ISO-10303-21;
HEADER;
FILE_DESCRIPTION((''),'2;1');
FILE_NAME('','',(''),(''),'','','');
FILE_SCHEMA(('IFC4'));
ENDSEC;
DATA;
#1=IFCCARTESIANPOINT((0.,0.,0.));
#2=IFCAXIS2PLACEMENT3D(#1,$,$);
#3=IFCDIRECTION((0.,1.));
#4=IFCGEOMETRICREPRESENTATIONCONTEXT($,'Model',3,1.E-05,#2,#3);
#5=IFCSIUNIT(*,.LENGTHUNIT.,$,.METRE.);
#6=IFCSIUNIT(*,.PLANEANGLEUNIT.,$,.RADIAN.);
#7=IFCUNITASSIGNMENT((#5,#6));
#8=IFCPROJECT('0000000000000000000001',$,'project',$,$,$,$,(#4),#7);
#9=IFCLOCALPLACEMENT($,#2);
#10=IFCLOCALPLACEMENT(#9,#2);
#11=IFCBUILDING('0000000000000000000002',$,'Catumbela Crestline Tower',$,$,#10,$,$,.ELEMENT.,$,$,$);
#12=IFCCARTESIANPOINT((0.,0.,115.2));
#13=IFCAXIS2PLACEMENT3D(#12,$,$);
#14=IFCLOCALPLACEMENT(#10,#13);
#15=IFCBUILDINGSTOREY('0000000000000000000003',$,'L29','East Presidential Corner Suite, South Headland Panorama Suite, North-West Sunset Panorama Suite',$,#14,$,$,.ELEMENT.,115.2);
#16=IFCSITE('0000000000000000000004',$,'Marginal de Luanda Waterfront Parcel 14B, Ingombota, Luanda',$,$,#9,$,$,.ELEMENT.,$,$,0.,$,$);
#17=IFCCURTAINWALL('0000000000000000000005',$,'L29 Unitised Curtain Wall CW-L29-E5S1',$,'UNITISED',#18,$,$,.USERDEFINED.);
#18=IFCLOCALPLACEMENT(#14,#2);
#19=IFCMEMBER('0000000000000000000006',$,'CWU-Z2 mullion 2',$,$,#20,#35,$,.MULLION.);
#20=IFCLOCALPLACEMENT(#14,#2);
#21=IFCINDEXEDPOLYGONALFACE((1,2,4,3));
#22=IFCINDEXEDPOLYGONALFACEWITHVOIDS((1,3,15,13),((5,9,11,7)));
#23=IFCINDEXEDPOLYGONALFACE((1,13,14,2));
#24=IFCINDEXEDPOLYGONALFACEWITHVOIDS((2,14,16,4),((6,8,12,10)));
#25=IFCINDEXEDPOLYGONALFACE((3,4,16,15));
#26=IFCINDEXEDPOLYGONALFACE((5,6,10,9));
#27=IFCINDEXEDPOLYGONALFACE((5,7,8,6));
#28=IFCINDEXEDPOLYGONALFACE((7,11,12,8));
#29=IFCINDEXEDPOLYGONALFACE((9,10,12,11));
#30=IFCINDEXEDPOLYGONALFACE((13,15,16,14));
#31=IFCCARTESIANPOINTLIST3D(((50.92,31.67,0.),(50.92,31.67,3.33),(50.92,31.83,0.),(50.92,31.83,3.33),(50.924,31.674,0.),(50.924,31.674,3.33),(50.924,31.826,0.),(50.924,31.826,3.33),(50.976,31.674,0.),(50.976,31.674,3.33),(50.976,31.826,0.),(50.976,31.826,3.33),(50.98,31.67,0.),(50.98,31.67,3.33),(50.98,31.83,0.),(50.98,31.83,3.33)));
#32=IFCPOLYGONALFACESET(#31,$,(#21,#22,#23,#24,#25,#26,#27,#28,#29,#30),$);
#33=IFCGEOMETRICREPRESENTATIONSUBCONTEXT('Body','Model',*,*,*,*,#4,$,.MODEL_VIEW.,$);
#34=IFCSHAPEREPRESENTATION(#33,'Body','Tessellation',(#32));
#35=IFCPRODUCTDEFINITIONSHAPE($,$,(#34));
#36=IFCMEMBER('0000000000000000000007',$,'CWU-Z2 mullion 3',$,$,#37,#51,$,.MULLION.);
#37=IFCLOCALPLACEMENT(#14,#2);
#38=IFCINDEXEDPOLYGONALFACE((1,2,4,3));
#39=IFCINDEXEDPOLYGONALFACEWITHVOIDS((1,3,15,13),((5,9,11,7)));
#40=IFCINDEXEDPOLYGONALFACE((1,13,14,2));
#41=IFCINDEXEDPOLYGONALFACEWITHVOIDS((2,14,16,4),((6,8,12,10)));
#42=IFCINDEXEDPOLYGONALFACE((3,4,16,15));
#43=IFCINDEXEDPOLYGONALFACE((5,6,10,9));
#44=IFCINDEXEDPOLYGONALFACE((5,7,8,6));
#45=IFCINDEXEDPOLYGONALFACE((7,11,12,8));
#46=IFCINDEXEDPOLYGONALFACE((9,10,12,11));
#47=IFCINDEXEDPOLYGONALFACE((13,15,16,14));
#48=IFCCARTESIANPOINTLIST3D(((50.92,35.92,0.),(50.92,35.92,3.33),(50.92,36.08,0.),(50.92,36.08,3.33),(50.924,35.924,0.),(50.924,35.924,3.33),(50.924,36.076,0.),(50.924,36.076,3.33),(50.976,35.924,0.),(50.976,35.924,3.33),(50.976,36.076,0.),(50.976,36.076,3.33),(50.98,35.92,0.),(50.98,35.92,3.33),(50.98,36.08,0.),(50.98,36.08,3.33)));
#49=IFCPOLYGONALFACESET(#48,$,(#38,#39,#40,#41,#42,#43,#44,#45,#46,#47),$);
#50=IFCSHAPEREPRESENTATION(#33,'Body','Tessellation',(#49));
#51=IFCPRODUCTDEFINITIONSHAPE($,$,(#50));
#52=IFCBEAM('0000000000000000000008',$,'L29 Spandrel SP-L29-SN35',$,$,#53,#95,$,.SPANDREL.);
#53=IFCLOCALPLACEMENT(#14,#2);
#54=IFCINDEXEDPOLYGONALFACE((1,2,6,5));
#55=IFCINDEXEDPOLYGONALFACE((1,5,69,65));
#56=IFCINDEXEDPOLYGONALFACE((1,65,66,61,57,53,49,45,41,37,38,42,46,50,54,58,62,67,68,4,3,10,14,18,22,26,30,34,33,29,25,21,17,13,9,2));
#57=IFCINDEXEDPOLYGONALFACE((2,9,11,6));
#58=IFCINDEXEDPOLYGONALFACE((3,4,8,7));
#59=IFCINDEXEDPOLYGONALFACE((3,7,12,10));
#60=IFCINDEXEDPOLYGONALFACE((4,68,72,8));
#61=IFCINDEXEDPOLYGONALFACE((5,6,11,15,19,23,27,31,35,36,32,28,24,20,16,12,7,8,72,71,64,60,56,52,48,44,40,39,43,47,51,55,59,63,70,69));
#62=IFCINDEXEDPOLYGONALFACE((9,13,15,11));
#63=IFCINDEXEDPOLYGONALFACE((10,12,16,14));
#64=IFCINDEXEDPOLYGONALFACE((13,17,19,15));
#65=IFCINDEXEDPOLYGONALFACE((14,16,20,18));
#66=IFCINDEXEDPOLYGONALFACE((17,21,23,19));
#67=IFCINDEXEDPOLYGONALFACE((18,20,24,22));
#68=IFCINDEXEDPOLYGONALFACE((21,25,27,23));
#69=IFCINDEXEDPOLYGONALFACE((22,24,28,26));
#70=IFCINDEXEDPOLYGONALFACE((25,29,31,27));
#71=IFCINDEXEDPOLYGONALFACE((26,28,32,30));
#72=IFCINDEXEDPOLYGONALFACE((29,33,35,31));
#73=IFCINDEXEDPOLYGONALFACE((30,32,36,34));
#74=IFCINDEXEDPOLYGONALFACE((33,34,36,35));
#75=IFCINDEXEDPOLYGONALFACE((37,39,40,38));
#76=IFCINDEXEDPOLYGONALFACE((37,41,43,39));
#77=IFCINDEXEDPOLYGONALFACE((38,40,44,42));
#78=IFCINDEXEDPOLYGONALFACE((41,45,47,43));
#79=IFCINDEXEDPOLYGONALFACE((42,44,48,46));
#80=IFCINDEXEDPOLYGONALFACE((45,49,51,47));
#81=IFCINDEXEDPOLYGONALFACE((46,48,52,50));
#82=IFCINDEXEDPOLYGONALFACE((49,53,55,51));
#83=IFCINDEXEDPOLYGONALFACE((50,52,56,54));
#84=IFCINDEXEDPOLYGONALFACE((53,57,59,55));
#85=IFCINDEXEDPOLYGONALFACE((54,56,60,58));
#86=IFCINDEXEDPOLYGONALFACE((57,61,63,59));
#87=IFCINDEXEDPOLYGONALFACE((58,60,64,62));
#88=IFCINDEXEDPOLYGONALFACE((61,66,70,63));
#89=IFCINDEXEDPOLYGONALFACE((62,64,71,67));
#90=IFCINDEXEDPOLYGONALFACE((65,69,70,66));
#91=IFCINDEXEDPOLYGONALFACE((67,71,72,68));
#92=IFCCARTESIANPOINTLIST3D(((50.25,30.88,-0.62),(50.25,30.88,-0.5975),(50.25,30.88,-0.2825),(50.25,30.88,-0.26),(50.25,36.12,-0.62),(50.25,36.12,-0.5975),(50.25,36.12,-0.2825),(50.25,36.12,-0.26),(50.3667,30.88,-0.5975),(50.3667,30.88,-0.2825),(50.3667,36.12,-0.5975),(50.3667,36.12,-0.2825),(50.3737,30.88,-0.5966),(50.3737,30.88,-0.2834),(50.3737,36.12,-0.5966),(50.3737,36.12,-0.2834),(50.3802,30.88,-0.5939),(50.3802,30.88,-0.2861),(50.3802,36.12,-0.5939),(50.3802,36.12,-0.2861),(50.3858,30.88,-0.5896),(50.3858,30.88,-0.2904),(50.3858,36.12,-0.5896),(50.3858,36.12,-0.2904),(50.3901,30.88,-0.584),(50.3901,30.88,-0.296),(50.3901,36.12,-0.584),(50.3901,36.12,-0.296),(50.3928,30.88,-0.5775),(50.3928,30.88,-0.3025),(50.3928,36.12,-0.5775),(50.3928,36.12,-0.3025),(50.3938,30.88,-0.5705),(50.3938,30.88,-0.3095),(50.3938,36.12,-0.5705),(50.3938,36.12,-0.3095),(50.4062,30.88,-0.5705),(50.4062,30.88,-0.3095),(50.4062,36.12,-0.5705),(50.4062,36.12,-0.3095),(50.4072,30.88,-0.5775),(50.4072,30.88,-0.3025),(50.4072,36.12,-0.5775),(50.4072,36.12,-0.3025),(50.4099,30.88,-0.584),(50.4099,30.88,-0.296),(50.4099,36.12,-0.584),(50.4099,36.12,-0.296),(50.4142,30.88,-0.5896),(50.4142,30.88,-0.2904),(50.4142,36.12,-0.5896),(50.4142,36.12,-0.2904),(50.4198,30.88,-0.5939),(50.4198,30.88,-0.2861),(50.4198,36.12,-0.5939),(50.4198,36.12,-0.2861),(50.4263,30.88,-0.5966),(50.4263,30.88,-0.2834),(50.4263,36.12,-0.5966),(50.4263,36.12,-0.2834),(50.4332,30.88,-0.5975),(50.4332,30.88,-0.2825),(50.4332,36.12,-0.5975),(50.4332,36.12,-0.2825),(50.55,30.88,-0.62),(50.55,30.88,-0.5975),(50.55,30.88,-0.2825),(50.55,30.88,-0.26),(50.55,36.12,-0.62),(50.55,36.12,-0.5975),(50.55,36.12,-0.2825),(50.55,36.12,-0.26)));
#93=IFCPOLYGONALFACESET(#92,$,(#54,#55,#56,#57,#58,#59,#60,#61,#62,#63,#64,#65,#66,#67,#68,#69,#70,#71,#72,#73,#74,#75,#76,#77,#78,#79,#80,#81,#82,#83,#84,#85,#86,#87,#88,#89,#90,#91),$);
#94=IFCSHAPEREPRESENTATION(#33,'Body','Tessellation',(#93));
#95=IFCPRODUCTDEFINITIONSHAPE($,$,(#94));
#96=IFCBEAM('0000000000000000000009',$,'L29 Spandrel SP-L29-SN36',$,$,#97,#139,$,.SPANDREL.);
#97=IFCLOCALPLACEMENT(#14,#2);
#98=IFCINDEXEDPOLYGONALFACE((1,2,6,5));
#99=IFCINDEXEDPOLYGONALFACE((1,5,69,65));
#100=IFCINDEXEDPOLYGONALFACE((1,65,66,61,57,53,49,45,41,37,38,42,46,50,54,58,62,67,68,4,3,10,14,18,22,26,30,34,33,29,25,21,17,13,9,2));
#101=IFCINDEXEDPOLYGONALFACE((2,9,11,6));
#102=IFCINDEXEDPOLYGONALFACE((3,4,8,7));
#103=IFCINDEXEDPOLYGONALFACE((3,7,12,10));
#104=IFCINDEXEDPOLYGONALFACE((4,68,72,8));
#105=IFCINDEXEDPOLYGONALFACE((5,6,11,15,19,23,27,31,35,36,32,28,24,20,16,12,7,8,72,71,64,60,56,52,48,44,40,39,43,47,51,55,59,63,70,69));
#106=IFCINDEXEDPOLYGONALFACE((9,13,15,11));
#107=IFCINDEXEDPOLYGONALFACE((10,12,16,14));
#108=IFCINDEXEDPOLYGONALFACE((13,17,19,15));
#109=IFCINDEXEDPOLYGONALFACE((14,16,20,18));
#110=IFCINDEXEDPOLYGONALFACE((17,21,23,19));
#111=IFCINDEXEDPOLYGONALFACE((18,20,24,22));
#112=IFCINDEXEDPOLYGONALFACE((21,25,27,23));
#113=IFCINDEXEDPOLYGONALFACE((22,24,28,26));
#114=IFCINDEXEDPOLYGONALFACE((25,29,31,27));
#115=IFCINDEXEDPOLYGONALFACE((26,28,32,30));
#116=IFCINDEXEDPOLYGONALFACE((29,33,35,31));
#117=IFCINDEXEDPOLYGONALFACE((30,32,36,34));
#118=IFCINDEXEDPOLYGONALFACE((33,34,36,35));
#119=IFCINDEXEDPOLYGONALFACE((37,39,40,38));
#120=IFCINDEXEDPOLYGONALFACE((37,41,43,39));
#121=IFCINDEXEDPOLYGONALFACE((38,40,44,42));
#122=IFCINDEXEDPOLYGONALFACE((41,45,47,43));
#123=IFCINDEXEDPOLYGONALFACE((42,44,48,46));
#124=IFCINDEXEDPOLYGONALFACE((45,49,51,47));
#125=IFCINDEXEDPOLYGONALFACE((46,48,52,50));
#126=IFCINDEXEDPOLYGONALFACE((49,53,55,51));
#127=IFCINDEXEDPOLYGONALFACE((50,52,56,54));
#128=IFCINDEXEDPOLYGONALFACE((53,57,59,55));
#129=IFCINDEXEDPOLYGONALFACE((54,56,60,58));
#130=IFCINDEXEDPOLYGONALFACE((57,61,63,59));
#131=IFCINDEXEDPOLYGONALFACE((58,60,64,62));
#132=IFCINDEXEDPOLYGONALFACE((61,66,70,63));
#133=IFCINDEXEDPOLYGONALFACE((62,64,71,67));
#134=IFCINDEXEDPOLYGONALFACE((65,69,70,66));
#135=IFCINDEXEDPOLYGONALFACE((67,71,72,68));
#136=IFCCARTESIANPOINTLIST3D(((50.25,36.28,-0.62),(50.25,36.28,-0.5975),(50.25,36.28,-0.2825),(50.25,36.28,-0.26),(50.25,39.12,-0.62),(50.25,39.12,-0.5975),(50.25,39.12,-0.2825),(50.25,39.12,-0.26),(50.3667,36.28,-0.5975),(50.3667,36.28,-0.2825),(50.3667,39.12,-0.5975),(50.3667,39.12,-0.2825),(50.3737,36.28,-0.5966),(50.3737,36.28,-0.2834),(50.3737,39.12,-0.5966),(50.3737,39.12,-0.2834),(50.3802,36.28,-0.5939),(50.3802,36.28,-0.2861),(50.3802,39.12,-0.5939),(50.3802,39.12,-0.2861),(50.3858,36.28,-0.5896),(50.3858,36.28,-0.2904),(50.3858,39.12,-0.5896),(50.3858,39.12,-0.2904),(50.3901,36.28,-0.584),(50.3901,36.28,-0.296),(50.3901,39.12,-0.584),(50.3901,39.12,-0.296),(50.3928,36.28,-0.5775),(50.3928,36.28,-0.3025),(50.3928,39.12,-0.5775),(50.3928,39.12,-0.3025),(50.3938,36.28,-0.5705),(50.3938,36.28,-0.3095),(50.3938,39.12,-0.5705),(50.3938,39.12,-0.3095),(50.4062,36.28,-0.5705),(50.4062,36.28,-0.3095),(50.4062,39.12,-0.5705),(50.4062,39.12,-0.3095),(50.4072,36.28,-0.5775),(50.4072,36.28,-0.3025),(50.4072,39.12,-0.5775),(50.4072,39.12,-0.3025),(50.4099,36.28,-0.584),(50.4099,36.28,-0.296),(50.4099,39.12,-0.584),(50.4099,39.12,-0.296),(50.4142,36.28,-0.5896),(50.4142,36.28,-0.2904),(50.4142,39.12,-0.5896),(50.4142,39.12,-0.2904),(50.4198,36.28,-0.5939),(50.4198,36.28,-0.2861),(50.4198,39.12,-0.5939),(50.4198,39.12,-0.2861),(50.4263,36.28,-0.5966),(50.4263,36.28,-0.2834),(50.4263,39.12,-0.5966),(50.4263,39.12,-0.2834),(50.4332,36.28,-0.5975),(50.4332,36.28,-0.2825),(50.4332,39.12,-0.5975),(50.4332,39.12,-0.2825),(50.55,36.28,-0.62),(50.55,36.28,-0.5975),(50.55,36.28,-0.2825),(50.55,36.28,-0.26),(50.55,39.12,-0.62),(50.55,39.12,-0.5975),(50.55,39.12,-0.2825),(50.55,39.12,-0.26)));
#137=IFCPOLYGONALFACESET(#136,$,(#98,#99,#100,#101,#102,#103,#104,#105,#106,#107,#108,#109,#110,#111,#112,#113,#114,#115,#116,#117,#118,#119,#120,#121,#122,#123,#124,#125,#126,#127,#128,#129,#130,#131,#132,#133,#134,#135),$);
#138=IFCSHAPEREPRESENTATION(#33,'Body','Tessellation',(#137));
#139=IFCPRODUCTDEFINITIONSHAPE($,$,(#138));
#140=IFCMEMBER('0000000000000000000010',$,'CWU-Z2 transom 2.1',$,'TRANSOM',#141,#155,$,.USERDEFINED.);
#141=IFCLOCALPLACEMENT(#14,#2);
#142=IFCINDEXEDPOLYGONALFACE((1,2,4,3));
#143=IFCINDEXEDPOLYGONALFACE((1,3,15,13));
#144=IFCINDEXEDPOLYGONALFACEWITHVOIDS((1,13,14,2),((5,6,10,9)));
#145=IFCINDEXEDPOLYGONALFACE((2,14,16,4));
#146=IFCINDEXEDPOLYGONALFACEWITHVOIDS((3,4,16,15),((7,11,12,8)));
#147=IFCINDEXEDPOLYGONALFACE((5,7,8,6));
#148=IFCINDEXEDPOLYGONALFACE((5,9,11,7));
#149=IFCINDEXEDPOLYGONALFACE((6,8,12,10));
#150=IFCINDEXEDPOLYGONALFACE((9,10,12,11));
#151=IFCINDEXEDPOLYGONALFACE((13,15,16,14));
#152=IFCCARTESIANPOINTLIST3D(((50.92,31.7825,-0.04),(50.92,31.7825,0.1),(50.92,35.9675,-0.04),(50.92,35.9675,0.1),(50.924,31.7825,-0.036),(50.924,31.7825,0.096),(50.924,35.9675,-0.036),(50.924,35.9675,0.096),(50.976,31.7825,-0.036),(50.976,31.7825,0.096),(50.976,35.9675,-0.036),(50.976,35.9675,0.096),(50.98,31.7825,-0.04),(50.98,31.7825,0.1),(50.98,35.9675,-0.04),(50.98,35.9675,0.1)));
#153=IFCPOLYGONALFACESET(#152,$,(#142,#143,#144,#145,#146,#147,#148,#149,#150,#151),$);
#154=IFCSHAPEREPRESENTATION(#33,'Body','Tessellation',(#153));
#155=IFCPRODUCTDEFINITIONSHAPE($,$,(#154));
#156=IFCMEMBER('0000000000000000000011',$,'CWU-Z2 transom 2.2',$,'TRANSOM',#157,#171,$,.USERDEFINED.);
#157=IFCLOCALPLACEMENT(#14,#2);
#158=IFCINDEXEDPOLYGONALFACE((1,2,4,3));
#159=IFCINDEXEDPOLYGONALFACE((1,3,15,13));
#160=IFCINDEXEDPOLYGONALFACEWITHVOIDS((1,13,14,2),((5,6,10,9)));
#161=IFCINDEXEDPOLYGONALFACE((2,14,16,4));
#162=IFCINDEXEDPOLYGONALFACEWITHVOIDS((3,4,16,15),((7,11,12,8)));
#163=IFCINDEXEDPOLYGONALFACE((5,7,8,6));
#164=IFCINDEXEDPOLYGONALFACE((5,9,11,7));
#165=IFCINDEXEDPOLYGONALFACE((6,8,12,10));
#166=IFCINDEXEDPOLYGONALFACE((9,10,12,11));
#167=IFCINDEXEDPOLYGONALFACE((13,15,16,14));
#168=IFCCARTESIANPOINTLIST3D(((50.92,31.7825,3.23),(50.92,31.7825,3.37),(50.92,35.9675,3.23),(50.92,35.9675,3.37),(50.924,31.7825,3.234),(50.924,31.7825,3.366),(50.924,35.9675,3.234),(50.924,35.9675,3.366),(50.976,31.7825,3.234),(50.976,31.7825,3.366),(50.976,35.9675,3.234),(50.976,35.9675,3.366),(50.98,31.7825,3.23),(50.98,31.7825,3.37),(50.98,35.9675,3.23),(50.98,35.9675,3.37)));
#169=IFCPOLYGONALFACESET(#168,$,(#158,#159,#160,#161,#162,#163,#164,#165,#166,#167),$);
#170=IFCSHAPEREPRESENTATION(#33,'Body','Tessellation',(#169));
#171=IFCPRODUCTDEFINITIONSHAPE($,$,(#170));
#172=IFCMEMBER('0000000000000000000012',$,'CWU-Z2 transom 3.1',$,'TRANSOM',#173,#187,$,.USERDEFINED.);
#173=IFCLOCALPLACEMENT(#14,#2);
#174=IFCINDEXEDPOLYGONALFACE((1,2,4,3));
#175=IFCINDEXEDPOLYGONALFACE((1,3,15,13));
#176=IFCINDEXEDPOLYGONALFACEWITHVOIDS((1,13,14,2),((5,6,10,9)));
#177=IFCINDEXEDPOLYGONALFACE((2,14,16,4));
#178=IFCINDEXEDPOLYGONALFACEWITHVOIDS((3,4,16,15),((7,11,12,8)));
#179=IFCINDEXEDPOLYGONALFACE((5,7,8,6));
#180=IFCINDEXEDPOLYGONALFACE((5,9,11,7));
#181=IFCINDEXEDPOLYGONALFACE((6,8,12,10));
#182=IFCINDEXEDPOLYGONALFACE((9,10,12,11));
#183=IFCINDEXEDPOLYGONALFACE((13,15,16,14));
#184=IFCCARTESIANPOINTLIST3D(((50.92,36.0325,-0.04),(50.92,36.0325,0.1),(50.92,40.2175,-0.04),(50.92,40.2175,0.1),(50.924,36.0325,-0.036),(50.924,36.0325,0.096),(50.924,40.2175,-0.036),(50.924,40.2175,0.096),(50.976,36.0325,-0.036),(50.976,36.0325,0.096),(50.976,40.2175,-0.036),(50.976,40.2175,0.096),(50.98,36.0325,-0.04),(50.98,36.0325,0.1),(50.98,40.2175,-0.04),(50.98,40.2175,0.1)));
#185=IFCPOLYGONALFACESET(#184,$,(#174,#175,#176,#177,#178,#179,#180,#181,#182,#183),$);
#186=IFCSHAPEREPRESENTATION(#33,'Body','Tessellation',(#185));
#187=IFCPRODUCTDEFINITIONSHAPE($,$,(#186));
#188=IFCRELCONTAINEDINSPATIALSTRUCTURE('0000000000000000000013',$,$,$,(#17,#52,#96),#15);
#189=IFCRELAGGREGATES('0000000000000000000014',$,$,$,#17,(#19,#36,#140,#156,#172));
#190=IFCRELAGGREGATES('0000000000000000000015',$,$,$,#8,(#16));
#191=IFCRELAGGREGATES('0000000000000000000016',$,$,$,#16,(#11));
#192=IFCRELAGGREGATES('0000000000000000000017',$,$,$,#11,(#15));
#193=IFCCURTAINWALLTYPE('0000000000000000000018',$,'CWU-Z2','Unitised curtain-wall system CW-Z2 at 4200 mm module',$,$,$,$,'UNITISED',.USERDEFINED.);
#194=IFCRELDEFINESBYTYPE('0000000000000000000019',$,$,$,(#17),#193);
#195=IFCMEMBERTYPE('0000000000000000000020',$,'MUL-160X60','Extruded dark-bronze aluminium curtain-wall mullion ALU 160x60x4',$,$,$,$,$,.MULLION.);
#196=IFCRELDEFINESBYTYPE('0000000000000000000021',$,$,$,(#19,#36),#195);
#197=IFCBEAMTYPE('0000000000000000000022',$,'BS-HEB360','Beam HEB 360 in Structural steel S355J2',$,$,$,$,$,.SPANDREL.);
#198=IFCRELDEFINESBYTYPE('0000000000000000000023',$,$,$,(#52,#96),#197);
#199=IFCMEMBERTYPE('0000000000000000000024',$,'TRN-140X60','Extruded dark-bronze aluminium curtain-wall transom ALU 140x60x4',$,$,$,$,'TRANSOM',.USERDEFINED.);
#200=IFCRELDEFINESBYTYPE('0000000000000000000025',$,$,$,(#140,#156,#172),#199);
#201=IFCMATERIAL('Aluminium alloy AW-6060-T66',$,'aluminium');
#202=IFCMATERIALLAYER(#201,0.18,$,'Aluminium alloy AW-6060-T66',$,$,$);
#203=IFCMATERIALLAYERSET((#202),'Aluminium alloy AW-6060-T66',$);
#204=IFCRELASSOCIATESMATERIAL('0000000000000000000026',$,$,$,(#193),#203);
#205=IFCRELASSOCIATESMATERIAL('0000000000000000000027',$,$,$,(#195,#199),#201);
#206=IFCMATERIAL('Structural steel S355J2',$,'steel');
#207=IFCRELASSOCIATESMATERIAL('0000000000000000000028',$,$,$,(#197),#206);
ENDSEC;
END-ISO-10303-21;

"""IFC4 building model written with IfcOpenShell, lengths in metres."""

from ifc_helpers import new_model, si_unit, direction, frame, origin, origin_2d, place, context, subcontext, project, spatial, hollow_rectangle, i_section, extrude, material, layer, layer_set, material_profile, profile_set, type_object, element, aggregate, save


model = new_model("IFC4")

# Units and contexts
model_context = context("Model", 3, precision=1e-05, world=origin(), true_north=direction((0.0, 1.0)))
body_context = subcontext(model_context, "Body", "Model", "MODEL_VIEW")
ifc_project = project(units=[si_unit("LENGTHUNIT", "METRE"), si_unit("PLANEANGLEUNIT", "RADIAN")], contexts=[model_context])

# Site, building, storey
site_placement = place(None, origin())
site = spatial("IfcSite", under=ifc_project, at=site_placement, Name="Marginal de Luanda Waterfront Parcel 14B, Ingombota, Luanda", CompositionType="ELEMENT", RefElevation=0.0)
building_placement = place(site_placement, origin())
building = spatial("IfcBuilding", under=site, at=building_placement, Name="Catumbela Crestline Tower", CompositionType="ELEMENT")
storey_placement = place(building_placement, frame((0.0, 0.0, 115.2)))
storey = spatial("IfcBuildingStorey", under=building, at=storey_placement, Name="L29", Description="East Presidential Corner Suite, South Headland Panorama Suite, North-West Sunset Panorama Suite", CompositionType="ELEMENT", Elevation=115.2)

# Shared definitions
ifc_material_1 = material(Name="Structural steel S355J2", Category="steel")

# Curtain wall, members
ifc_material_2 = material(Name="Aluminium alloy AW-6060-T66", Category="aluminium")
ifc_layer_1 = layer(ifc_material_2, 0.18, Name="Aluminium alloy AW-6060-T66")
ifc_layer_set_1 = layer_set([ifc_layer_1], Name="Aluminium alloy AW-6060-T66")
curtain_wall_type = type_object("IfcCurtainWallType", Name="CWU-Z2", Description="Unitised curtain-wall system CW-Z2 at 4200 mm module", ElementType="UNITISED", PredefinedType="USERDEFINED", material=ifc_layer_set_1)
curtain_wall_placement = place(storey_placement, origin())
curtain_wall = element("IfcCurtainWall", 1, at=curtain_wall_placement, inside=storey, type_object=curtain_wall_type, Name="L29 Unitised Curtain Wall CW-L29-E5S1", ObjectType="UNITISED", PredefinedType="USERDEFINED")
ifc_material_profile_1 = material_profile(ifc_material_2, hollow_rectangle(XDim=0.06, YDim=0.16, WallThickness=0.004, at=origin_2d()), Name="ALU 160x60x4")
ifc_profile_set_1 = profile_set([ifc_material_profile_1], Name="Aluminium alloy AW-6060-T66")
member_type_1 = type_object("IfcMemberType", Name="MUL-160X60", Description="Extruded dark-bronze aluminium curtain-wall mullion ALU 160x60x4", PredefinedType="MULLION", material=ifc_profile_set_1)
member_1_placement = place(storey_placement, frame((50.95, 31.75, 0.0), z_axis=(0.0, 0.0, 1.0), x_axis=(-1.0, 0.0, 0.0)))
member_1 = element("IfcMember", 2, at=member_1_placement, type_object=member_type_1, Name="CWU-Z2 mullion 2", PredefinedType="MULLION", context=body_context, shape_type="SweptSolid", body=[
    extrude(hollow_rectangle(XDim=0.06, YDim=0.16, WallThickness=0.004, at=origin_2d()), origin(), (0.0, 0.0, 1.0), 3.33),
])
member_2_placement = place(storey_placement, frame((50.95, 36.0, 0.0), z_axis=(0.0, 0.0, 1.0), x_axis=(-1.0, 0.0, 0.0)))
member_2 = element("IfcMember", 3, at=member_2_placement, type_object=member_type_1, Name="CWU-Z2 mullion 3", PredefinedType="MULLION", context=body_context, shape_type="SweptSolid", body=[
    extrude(hollow_rectangle(XDim=0.06, YDim=0.16, WallThickness=0.004, at=origin_2d()), origin(), (0.0, 0.0, 1.0), 3.33),
])

# Beams
ifc_material_profile_2 = material_profile(ifc_material_1, i_section(OverallWidth=0.3, OverallDepth=0.36, WebThickness=0.0125, FlangeThickness=0.0225, FilletRadius=0.027, at=origin_2d()), Name="HEB 360")
ifc_profile_set_2 = profile_set([ifc_material_profile_2], Name="Structural steel S355J2")
beam_type_1 = type_object("IfcBeamType", Name="BS-HEB360", Description="Beam HEB 360 in Structural steel S355J2", PredefinedType="SPANDREL", material=ifc_profile_set_2)
beam_1_placement = place(storey_placement, frame((50.4, 30.88, -0.44), z_axis=(0.0, 1.0, 0.0), x_axis=(-1.0, 0.0, 0.0)))
element("IfcBeam", 4, at=beam_1_placement, inside=storey, type_object=beam_type_1, Name="L29 Spandrel SP-L29-SN35", PredefinedType="SPANDREL", context=body_context, shape_type="SweptSolid", body=[
    extrude(i_section(OverallWidth=0.3, OverallDepth=0.36, WebThickness=0.0125, FlangeThickness=0.0225, FilletRadius=0.027, at=origin_2d()), origin(), (0.0, 0.0, 1.0), 5.24),
])
beam_2_placement = place(storey_placement, frame((50.4, 36.28, -0.44), z_axis=(0.0, 1.0, 0.0), x_axis=(-1.0, 0.0, 0.0)))
element("IfcBeam", 5, at=beam_2_placement, inside=storey, type_object=beam_type_1, Name="L29 Spandrel SP-L29-SN36", PredefinedType="SPANDREL", context=body_context, shape_type="SweptSolid", body=[
    extrude(i_section(OverallWidth=0.3, OverallDepth=0.36, WebThickness=0.0125, FlangeThickness=0.0225, FilletRadius=0.027, at=origin_2d()), origin(), (0.0, 0.0, 1.0), 2.84),
])

# Members
ifc_material_profile_3 = material_profile(ifc_material_2, hollow_rectangle(XDim=0.06, YDim=0.14, WallThickness=0.004, at=origin_2d()), Name="ALU 140x60x4")
ifc_profile_set_3 = profile_set([ifc_material_profile_3], Name="Aluminium alloy AW-6060-T66")
member_type_2 = type_object("IfcMemberType", Name="TRN-140X60", Description="Extruded dark-bronze aluminium curtain-wall transom ALU 140x60x4", ElementType="TRANSOM", PredefinedType="USERDEFINED", material=ifc_profile_set_3)
member_3_placement = place(storey_placement, frame((50.95, 31.7825, 0.03), z_axis=(0.0, 1.0, 0.0), x_axis=(-1.0, 0.0, 0.0)))
member_3 = element("IfcMember", 6, at=member_3_placement, type_object=member_type_2, Name="CWU-Z2 transom 2.1", ObjectType="TRANSOM", PredefinedType="USERDEFINED", context=body_context, shape_type="SweptSolid", body=[
    extrude(hollow_rectangle(XDim=0.06, YDim=0.14, WallThickness=0.004, at=origin_2d()), origin(), (0.0, 0.0, 1.0), 4.185),
])
member_4_placement = place(storey_placement, frame((50.95, 31.7825, 3.3), z_axis=(0.0, 1.0, 0.0), x_axis=(-1.0, 0.0, 0.0)))
member_4 = element("IfcMember", 7, at=member_4_placement, type_object=member_type_2, Name="CWU-Z2 transom 2.2", ObjectType="TRANSOM", PredefinedType="USERDEFINED", context=body_context, shape_type="SweptSolid", body=[
    extrude(hollow_rectangle(XDim=0.06, YDim=0.14, WallThickness=0.004, at=origin_2d()), origin(), (0.0, 0.0, 1.0), 4.185),
])
member_5_placement = place(storey_placement, frame((50.95, 36.0325, 0.03), z_axis=(0.0, 1.0, 0.0), x_axis=(-1.0, 0.0, 0.0)))
member_5 = element("IfcMember", 8, at=member_5_placement, type_object=member_type_2, Name="CWU-Z2 transom 3.1", ObjectType="TRANSOM", PredefinedType="USERDEFINED", context=body_context, shape_type="SweptSolid", body=[
    extrude(hollow_rectangle(XDim=0.06, YDim=0.14, WallThickness=0.004, at=origin_2d()), origin(), (0.0, 0.0, 1.0), 4.185),
])

aggregate(curtain_wall, [member_1, member_2, member_3, member_4, member_5])

save(model, "model.ifc")
